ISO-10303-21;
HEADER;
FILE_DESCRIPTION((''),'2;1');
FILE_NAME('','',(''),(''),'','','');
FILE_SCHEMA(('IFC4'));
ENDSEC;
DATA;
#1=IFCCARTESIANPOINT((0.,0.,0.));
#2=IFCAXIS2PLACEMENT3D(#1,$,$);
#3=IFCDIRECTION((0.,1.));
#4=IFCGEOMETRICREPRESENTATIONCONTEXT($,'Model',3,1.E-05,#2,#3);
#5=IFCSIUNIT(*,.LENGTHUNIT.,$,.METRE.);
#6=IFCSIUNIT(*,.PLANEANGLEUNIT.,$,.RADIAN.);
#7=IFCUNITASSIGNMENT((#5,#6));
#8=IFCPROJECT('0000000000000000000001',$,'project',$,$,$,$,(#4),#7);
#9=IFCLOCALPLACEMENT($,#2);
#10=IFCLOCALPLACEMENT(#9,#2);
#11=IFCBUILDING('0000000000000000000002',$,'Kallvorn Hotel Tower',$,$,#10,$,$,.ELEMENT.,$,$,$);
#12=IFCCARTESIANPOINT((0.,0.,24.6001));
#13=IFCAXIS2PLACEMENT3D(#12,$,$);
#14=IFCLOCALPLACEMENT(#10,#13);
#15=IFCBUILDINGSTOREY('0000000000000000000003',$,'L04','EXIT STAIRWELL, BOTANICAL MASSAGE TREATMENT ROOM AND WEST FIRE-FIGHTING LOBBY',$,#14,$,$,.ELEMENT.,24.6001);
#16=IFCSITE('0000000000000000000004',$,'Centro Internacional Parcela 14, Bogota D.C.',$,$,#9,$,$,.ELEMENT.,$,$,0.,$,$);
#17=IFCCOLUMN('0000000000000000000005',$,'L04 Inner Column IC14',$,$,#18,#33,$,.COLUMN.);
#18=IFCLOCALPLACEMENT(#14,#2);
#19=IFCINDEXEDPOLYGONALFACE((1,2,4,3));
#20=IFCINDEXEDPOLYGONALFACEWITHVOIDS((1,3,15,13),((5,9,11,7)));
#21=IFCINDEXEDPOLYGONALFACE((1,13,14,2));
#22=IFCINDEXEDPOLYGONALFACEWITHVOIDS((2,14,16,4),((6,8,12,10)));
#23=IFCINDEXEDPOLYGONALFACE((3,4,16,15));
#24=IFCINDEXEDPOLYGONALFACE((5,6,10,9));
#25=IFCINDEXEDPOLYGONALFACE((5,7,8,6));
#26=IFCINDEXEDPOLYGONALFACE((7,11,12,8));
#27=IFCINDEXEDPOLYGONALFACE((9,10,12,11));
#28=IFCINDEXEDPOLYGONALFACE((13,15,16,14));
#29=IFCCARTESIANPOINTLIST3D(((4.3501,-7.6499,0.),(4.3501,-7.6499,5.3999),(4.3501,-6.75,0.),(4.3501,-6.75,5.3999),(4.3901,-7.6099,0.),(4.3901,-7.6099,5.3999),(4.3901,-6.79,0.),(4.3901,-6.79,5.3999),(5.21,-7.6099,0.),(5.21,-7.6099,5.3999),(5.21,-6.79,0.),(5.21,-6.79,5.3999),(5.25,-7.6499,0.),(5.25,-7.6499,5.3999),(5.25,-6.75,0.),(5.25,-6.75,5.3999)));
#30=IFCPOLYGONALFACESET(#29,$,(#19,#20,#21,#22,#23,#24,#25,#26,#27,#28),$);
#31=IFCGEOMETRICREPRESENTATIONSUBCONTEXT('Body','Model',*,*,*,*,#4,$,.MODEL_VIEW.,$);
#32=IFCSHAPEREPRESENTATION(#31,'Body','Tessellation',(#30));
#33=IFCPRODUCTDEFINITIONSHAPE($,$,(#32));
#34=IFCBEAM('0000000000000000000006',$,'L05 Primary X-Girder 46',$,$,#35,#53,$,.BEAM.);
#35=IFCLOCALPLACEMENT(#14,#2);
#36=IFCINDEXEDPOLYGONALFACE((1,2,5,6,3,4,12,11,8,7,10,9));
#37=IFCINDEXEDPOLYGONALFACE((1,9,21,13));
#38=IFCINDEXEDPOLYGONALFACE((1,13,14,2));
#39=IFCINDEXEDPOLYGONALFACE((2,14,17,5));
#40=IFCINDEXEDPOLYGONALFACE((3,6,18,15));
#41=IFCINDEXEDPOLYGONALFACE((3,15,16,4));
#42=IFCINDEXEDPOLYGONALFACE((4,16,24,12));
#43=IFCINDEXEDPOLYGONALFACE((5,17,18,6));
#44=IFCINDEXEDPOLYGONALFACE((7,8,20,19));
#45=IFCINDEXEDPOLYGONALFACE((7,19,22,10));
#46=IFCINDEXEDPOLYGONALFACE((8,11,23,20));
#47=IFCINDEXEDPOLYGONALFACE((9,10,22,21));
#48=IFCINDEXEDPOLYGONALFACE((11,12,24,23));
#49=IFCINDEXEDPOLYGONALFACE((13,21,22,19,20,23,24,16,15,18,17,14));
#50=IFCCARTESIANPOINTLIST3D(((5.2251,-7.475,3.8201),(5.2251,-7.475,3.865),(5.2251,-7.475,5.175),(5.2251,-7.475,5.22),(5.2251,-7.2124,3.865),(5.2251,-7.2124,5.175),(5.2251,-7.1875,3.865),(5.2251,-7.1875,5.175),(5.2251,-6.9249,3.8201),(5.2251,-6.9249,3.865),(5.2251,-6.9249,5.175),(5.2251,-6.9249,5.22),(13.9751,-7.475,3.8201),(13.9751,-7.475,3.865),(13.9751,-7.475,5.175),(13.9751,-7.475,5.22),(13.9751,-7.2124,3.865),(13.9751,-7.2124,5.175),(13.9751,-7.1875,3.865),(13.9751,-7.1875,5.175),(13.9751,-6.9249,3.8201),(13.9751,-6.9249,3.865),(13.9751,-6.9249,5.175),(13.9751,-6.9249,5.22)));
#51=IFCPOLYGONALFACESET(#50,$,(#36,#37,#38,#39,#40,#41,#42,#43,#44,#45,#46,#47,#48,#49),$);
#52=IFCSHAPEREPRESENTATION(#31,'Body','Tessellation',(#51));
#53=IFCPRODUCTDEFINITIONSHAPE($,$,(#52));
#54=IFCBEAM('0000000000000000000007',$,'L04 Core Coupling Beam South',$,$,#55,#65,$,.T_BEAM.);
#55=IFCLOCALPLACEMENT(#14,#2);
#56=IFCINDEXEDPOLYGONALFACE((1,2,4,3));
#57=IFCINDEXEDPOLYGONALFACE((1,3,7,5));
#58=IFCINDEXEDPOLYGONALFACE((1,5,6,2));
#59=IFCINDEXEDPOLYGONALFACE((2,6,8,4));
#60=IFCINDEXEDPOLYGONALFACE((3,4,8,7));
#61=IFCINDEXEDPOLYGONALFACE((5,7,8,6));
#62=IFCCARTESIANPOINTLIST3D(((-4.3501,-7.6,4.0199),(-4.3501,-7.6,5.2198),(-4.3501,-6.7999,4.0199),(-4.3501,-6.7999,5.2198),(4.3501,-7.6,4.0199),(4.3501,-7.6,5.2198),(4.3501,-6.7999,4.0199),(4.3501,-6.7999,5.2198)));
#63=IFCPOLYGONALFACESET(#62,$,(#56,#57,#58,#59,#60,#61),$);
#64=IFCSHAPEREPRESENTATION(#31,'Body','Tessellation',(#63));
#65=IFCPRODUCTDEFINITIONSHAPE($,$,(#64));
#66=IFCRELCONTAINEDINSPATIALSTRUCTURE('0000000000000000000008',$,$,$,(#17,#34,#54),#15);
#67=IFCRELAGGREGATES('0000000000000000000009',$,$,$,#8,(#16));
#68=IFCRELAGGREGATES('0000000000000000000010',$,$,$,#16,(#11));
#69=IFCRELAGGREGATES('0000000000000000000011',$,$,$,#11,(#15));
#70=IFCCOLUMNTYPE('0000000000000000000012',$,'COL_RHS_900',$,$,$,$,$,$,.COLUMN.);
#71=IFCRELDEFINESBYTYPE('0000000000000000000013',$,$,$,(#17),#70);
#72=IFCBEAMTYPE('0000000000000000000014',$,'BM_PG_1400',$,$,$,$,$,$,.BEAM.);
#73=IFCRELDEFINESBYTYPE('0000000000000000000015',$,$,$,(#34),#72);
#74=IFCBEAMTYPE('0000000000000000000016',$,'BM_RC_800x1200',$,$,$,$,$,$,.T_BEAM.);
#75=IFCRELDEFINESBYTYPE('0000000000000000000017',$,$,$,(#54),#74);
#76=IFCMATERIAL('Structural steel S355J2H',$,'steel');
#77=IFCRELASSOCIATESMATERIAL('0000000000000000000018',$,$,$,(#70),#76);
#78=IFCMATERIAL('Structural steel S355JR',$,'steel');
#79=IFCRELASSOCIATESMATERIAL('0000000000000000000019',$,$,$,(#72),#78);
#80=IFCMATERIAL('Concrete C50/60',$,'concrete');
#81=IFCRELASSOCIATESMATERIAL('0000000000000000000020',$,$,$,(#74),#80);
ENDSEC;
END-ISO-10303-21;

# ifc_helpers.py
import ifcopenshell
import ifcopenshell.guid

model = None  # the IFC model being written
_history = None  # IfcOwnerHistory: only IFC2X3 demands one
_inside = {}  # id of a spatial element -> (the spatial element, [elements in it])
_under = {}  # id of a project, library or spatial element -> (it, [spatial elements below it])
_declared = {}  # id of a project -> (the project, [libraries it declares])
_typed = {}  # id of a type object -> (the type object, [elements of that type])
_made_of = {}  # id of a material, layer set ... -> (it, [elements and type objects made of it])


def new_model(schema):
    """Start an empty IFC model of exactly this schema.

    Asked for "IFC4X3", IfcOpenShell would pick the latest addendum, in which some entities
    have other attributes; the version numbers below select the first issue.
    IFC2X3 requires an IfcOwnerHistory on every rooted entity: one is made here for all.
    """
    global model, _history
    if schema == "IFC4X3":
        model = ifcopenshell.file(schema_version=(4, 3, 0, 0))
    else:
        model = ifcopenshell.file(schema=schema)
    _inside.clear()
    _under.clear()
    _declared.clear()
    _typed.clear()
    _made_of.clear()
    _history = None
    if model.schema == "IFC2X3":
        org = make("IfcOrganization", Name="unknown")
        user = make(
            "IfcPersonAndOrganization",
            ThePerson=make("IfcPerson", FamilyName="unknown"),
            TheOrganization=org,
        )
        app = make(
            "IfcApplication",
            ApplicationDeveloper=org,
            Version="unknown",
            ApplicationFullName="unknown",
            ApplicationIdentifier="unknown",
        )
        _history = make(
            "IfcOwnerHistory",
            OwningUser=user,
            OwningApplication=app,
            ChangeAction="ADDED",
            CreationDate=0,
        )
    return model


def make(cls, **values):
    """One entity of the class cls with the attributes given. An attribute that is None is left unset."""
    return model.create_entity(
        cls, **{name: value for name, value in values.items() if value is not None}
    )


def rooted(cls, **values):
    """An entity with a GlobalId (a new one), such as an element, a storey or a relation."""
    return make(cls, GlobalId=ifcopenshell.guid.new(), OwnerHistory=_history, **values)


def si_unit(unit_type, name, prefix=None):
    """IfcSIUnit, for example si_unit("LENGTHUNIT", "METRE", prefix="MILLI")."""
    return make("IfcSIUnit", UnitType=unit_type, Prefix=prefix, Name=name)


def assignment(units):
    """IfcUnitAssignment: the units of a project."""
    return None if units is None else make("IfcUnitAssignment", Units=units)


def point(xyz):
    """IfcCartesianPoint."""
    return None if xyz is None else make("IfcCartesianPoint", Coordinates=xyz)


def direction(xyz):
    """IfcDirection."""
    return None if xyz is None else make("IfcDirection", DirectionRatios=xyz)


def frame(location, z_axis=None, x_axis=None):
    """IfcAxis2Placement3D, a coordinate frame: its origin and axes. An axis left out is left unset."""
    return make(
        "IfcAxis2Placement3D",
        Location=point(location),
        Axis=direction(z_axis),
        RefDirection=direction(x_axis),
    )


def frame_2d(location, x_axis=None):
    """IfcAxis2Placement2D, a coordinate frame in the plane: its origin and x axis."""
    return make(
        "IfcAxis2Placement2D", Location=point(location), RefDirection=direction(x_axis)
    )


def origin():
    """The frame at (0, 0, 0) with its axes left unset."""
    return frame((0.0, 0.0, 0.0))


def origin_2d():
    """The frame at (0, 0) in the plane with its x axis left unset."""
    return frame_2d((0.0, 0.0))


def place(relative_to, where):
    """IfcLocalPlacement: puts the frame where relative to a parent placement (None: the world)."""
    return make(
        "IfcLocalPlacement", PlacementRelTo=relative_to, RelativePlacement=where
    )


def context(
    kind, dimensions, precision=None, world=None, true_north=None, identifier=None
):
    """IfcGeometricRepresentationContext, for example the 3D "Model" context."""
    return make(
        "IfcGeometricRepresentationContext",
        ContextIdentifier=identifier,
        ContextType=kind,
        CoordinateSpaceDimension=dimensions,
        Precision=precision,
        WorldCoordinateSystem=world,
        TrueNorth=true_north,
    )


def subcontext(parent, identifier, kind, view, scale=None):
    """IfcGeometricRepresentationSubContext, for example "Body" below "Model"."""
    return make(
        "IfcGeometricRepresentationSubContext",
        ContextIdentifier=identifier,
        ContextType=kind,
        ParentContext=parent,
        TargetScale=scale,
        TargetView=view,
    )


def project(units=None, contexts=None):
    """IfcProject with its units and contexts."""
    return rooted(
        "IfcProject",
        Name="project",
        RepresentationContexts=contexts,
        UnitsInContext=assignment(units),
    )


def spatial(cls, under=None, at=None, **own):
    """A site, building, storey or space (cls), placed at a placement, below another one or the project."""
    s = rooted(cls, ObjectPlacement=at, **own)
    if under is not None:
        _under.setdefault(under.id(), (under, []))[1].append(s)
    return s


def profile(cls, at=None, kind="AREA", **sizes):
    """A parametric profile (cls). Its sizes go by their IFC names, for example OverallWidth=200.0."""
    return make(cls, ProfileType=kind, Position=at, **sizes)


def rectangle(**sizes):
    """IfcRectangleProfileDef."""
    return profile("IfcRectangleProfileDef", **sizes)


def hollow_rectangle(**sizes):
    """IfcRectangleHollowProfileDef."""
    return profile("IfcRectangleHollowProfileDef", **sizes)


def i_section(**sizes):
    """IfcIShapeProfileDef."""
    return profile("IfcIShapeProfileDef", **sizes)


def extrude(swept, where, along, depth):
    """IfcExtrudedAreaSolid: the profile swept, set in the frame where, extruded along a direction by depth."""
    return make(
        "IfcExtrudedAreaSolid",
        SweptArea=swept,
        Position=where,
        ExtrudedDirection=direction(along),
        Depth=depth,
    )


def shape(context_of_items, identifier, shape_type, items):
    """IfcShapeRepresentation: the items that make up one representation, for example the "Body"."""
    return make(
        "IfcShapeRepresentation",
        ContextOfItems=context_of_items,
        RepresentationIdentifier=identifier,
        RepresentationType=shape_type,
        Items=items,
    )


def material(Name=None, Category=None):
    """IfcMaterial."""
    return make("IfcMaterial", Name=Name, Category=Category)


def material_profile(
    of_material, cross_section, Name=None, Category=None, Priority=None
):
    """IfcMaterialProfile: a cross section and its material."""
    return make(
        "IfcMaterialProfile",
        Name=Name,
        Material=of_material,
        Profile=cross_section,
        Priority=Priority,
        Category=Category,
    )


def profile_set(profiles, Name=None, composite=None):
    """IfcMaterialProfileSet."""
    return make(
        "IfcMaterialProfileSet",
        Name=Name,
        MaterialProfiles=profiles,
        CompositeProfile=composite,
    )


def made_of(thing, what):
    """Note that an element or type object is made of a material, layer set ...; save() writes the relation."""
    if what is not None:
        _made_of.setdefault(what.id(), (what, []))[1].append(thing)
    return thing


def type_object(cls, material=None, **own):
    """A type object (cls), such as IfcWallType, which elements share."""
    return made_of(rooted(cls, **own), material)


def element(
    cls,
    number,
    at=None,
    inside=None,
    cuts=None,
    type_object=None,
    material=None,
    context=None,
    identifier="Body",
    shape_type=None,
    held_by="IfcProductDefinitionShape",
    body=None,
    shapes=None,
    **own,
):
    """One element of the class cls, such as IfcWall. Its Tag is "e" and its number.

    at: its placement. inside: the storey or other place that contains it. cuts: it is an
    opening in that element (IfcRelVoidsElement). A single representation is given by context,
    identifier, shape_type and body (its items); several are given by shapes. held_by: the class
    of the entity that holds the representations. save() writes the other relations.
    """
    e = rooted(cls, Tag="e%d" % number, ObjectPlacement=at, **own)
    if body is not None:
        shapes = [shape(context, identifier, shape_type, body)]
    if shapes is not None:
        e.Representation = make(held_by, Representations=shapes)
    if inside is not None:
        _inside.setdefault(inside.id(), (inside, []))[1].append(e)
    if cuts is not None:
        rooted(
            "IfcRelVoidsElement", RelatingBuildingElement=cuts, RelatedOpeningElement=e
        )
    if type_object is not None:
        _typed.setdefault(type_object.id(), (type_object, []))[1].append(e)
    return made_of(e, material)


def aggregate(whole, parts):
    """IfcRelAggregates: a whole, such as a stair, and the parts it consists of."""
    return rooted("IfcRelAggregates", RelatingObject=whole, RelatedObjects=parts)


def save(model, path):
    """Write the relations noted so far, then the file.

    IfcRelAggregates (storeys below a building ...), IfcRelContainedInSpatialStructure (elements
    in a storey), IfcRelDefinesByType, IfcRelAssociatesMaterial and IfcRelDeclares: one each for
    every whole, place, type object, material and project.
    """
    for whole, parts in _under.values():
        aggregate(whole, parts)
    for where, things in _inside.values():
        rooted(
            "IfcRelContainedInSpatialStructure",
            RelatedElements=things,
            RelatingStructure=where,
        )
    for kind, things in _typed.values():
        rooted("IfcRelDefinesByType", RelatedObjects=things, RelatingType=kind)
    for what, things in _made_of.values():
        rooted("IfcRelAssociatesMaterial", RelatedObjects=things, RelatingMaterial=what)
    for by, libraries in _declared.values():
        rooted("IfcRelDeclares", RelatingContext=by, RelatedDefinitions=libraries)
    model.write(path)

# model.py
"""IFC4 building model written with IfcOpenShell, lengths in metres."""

from ifc_helpers import new_model, si_unit, direction, frame, origin, origin_2d, place, context, subcontext, project, spatial, rectangle, hollow_rectangle, i_section, extrude, material, material_profile, profile_set, type_object, element, save


model = new_model("IFC4")

# Units and contexts
model_context = context("Model", 3, precision=1e-05, world=origin(), true_north=direction((0.0, 1.0)))
body_context = subcontext(model_context, "Body", "Model", "MODEL_VIEW")
ifc_project = project(units=[si_unit("LENGTHUNIT", "METRE"), si_unit("PLANEANGLEUNIT", "RADIAN")], contexts=[model_context])

# Site, building, storey
site_placement = place(None, origin())
site = spatial("IfcSite", under=ifc_project, at=site_placement, Name="Centro Internacional Parcela 14, Bogota D.C.", CompositionType="ELEMENT", RefElevation=0.0)
building_placement = place(site_placement, origin())
building = spatial("IfcBuilding", under=site, at=building_placement, Name="Kallvorn Hotel Tower", CompositionType="ELEMENT")
storey_placement = place(building_placement, frame((0.0, 0.0, 24.6001)))
storey = spatial("IfcBuildingStorey", under=building, at=storey_placement, Name="L04", Description="EXIT STAIRWELL, BOTANICAL MASSAGE TREATMENT ROOM AND WEST FIRE-FIGHTING LOBBY", CompositionType="ELEMENT", Elevation=24.6001)

# Column
ifc_material_1 = material(Name="Structural steel S355J2H", Category="steel")
ifc_material_profile_1 = material_profile(ifc_material_1, hollow_rectangle(XDim=0.8999, YDim=0.8999, WallThickness=0.04, at=origin_2d()), Name="RHS 900x900x40")
ifc_profile_set_1 = profile_set([ifc_material_profile_1], Name="Structural steel S355J2H")
column_type = type_object("IfcColumnType", Name="COL_RHS_900", PredefinedType="COLUMN", material=ifc_profile_set_1)
column_placement = place(storey_placement, frame((4.8, -7.2, 0.0), z_axis=(0.0, 0.0, 1.0), x_axis=(1.0, 0.0, 0.0)))
element("IfcColumn", 1, at=column_placement, inside=storey, type_object=column_type, Name="L04 Inner Column IC14", PredefinedType="COLUMN", context=body_context, shape_type="SweptSolid", body=[
    extrude(hollow_rectangle(XDim=0.8999, YDim=0.8999, WallThickness=0.04, at=origin_2d()), origin(), (0.0, 0.0, 1.0), 5.3999),
])

# Beams
ifc_material_2 = material(Name="Structural steel S355JR", Category="steel")
ifc_material_profile_2 = material_profile(ifc_material_2, i_section(OverallWidth=0.55, OverallDepth=1.3999, WebThickness=0.0249, FlangeThickness=0.0449, at=origin_2d()), Name="PG 1400x550x25x45")
ifc_profile_set_2 = profile_set([ifc_material_profile_2], Name="Structural steel S355JR")
beam_type_1 = type_object("IfcBeamType", Name="BM_PG_1400", PredefinedType="BEAM", material=ifc_profile_set_2)
beam_1_placement = place(storey_placement, frame((5.2251, -7.2, 4.52), z_axis=(1.0, 0.0, 0.0), x_axis=(0.0, 1.0, 0.0)))
element("IfcBeam", 2, at=beam_1_placement, inside=storey, type_object=beam_type_1, Name="L05 Primary X-Girder 46", PredefinedType="BEAM", context=body_context, shape_type="SweptSolid", body=[
    extrude(i_section(OverallWidth=0.55, OverallDepth=1.3999, WebThickness=0.0249, FlangeThickness=0.0449, at=origin_2d()), origin(), (0.0, 0.0, 1.0), 8.75),
])
ifc_material_3 = material(Name="Concrete C50/60", Category="concrete")
ifc_material_profile_3 = material_profile(ifc_material_3, rectangle(XDim=0.8, YDim=1.2, at=origin_2d()), Name="RC 800x1200")
ifc_profile_set_3 = profile_set([ifc_material_profile_3], Name="Concrete C50/60")
beam_type_2 = type_object("IfcBeamType", Name="BM_RC_800x1200", PredefinedType="T_BEAM", material=ifc_profile_set_3)
beam_2_placement = place(storey_placement, frame((-4.3501, -7.2, 4.6199), z_axis=(1.0, 0.0, 0.0), x_axis=(0.0, 1.0, 0.0)))
element("IfcBeam", 3, at=beam_2_placement, inside=storey, type_object=beam_type_2, Name="L04 Core Coupling Beam South", PredefinedType="T_BEAM", context=body_context, shape_type="SweptSolid", body=[
    extrude(rectangle(XDim=0.8, YDim=1.2, at=origin_2d()), origin(), (0.0, 0.0, 1.0), 8.7002),
])

save(model, "model.ifc")
